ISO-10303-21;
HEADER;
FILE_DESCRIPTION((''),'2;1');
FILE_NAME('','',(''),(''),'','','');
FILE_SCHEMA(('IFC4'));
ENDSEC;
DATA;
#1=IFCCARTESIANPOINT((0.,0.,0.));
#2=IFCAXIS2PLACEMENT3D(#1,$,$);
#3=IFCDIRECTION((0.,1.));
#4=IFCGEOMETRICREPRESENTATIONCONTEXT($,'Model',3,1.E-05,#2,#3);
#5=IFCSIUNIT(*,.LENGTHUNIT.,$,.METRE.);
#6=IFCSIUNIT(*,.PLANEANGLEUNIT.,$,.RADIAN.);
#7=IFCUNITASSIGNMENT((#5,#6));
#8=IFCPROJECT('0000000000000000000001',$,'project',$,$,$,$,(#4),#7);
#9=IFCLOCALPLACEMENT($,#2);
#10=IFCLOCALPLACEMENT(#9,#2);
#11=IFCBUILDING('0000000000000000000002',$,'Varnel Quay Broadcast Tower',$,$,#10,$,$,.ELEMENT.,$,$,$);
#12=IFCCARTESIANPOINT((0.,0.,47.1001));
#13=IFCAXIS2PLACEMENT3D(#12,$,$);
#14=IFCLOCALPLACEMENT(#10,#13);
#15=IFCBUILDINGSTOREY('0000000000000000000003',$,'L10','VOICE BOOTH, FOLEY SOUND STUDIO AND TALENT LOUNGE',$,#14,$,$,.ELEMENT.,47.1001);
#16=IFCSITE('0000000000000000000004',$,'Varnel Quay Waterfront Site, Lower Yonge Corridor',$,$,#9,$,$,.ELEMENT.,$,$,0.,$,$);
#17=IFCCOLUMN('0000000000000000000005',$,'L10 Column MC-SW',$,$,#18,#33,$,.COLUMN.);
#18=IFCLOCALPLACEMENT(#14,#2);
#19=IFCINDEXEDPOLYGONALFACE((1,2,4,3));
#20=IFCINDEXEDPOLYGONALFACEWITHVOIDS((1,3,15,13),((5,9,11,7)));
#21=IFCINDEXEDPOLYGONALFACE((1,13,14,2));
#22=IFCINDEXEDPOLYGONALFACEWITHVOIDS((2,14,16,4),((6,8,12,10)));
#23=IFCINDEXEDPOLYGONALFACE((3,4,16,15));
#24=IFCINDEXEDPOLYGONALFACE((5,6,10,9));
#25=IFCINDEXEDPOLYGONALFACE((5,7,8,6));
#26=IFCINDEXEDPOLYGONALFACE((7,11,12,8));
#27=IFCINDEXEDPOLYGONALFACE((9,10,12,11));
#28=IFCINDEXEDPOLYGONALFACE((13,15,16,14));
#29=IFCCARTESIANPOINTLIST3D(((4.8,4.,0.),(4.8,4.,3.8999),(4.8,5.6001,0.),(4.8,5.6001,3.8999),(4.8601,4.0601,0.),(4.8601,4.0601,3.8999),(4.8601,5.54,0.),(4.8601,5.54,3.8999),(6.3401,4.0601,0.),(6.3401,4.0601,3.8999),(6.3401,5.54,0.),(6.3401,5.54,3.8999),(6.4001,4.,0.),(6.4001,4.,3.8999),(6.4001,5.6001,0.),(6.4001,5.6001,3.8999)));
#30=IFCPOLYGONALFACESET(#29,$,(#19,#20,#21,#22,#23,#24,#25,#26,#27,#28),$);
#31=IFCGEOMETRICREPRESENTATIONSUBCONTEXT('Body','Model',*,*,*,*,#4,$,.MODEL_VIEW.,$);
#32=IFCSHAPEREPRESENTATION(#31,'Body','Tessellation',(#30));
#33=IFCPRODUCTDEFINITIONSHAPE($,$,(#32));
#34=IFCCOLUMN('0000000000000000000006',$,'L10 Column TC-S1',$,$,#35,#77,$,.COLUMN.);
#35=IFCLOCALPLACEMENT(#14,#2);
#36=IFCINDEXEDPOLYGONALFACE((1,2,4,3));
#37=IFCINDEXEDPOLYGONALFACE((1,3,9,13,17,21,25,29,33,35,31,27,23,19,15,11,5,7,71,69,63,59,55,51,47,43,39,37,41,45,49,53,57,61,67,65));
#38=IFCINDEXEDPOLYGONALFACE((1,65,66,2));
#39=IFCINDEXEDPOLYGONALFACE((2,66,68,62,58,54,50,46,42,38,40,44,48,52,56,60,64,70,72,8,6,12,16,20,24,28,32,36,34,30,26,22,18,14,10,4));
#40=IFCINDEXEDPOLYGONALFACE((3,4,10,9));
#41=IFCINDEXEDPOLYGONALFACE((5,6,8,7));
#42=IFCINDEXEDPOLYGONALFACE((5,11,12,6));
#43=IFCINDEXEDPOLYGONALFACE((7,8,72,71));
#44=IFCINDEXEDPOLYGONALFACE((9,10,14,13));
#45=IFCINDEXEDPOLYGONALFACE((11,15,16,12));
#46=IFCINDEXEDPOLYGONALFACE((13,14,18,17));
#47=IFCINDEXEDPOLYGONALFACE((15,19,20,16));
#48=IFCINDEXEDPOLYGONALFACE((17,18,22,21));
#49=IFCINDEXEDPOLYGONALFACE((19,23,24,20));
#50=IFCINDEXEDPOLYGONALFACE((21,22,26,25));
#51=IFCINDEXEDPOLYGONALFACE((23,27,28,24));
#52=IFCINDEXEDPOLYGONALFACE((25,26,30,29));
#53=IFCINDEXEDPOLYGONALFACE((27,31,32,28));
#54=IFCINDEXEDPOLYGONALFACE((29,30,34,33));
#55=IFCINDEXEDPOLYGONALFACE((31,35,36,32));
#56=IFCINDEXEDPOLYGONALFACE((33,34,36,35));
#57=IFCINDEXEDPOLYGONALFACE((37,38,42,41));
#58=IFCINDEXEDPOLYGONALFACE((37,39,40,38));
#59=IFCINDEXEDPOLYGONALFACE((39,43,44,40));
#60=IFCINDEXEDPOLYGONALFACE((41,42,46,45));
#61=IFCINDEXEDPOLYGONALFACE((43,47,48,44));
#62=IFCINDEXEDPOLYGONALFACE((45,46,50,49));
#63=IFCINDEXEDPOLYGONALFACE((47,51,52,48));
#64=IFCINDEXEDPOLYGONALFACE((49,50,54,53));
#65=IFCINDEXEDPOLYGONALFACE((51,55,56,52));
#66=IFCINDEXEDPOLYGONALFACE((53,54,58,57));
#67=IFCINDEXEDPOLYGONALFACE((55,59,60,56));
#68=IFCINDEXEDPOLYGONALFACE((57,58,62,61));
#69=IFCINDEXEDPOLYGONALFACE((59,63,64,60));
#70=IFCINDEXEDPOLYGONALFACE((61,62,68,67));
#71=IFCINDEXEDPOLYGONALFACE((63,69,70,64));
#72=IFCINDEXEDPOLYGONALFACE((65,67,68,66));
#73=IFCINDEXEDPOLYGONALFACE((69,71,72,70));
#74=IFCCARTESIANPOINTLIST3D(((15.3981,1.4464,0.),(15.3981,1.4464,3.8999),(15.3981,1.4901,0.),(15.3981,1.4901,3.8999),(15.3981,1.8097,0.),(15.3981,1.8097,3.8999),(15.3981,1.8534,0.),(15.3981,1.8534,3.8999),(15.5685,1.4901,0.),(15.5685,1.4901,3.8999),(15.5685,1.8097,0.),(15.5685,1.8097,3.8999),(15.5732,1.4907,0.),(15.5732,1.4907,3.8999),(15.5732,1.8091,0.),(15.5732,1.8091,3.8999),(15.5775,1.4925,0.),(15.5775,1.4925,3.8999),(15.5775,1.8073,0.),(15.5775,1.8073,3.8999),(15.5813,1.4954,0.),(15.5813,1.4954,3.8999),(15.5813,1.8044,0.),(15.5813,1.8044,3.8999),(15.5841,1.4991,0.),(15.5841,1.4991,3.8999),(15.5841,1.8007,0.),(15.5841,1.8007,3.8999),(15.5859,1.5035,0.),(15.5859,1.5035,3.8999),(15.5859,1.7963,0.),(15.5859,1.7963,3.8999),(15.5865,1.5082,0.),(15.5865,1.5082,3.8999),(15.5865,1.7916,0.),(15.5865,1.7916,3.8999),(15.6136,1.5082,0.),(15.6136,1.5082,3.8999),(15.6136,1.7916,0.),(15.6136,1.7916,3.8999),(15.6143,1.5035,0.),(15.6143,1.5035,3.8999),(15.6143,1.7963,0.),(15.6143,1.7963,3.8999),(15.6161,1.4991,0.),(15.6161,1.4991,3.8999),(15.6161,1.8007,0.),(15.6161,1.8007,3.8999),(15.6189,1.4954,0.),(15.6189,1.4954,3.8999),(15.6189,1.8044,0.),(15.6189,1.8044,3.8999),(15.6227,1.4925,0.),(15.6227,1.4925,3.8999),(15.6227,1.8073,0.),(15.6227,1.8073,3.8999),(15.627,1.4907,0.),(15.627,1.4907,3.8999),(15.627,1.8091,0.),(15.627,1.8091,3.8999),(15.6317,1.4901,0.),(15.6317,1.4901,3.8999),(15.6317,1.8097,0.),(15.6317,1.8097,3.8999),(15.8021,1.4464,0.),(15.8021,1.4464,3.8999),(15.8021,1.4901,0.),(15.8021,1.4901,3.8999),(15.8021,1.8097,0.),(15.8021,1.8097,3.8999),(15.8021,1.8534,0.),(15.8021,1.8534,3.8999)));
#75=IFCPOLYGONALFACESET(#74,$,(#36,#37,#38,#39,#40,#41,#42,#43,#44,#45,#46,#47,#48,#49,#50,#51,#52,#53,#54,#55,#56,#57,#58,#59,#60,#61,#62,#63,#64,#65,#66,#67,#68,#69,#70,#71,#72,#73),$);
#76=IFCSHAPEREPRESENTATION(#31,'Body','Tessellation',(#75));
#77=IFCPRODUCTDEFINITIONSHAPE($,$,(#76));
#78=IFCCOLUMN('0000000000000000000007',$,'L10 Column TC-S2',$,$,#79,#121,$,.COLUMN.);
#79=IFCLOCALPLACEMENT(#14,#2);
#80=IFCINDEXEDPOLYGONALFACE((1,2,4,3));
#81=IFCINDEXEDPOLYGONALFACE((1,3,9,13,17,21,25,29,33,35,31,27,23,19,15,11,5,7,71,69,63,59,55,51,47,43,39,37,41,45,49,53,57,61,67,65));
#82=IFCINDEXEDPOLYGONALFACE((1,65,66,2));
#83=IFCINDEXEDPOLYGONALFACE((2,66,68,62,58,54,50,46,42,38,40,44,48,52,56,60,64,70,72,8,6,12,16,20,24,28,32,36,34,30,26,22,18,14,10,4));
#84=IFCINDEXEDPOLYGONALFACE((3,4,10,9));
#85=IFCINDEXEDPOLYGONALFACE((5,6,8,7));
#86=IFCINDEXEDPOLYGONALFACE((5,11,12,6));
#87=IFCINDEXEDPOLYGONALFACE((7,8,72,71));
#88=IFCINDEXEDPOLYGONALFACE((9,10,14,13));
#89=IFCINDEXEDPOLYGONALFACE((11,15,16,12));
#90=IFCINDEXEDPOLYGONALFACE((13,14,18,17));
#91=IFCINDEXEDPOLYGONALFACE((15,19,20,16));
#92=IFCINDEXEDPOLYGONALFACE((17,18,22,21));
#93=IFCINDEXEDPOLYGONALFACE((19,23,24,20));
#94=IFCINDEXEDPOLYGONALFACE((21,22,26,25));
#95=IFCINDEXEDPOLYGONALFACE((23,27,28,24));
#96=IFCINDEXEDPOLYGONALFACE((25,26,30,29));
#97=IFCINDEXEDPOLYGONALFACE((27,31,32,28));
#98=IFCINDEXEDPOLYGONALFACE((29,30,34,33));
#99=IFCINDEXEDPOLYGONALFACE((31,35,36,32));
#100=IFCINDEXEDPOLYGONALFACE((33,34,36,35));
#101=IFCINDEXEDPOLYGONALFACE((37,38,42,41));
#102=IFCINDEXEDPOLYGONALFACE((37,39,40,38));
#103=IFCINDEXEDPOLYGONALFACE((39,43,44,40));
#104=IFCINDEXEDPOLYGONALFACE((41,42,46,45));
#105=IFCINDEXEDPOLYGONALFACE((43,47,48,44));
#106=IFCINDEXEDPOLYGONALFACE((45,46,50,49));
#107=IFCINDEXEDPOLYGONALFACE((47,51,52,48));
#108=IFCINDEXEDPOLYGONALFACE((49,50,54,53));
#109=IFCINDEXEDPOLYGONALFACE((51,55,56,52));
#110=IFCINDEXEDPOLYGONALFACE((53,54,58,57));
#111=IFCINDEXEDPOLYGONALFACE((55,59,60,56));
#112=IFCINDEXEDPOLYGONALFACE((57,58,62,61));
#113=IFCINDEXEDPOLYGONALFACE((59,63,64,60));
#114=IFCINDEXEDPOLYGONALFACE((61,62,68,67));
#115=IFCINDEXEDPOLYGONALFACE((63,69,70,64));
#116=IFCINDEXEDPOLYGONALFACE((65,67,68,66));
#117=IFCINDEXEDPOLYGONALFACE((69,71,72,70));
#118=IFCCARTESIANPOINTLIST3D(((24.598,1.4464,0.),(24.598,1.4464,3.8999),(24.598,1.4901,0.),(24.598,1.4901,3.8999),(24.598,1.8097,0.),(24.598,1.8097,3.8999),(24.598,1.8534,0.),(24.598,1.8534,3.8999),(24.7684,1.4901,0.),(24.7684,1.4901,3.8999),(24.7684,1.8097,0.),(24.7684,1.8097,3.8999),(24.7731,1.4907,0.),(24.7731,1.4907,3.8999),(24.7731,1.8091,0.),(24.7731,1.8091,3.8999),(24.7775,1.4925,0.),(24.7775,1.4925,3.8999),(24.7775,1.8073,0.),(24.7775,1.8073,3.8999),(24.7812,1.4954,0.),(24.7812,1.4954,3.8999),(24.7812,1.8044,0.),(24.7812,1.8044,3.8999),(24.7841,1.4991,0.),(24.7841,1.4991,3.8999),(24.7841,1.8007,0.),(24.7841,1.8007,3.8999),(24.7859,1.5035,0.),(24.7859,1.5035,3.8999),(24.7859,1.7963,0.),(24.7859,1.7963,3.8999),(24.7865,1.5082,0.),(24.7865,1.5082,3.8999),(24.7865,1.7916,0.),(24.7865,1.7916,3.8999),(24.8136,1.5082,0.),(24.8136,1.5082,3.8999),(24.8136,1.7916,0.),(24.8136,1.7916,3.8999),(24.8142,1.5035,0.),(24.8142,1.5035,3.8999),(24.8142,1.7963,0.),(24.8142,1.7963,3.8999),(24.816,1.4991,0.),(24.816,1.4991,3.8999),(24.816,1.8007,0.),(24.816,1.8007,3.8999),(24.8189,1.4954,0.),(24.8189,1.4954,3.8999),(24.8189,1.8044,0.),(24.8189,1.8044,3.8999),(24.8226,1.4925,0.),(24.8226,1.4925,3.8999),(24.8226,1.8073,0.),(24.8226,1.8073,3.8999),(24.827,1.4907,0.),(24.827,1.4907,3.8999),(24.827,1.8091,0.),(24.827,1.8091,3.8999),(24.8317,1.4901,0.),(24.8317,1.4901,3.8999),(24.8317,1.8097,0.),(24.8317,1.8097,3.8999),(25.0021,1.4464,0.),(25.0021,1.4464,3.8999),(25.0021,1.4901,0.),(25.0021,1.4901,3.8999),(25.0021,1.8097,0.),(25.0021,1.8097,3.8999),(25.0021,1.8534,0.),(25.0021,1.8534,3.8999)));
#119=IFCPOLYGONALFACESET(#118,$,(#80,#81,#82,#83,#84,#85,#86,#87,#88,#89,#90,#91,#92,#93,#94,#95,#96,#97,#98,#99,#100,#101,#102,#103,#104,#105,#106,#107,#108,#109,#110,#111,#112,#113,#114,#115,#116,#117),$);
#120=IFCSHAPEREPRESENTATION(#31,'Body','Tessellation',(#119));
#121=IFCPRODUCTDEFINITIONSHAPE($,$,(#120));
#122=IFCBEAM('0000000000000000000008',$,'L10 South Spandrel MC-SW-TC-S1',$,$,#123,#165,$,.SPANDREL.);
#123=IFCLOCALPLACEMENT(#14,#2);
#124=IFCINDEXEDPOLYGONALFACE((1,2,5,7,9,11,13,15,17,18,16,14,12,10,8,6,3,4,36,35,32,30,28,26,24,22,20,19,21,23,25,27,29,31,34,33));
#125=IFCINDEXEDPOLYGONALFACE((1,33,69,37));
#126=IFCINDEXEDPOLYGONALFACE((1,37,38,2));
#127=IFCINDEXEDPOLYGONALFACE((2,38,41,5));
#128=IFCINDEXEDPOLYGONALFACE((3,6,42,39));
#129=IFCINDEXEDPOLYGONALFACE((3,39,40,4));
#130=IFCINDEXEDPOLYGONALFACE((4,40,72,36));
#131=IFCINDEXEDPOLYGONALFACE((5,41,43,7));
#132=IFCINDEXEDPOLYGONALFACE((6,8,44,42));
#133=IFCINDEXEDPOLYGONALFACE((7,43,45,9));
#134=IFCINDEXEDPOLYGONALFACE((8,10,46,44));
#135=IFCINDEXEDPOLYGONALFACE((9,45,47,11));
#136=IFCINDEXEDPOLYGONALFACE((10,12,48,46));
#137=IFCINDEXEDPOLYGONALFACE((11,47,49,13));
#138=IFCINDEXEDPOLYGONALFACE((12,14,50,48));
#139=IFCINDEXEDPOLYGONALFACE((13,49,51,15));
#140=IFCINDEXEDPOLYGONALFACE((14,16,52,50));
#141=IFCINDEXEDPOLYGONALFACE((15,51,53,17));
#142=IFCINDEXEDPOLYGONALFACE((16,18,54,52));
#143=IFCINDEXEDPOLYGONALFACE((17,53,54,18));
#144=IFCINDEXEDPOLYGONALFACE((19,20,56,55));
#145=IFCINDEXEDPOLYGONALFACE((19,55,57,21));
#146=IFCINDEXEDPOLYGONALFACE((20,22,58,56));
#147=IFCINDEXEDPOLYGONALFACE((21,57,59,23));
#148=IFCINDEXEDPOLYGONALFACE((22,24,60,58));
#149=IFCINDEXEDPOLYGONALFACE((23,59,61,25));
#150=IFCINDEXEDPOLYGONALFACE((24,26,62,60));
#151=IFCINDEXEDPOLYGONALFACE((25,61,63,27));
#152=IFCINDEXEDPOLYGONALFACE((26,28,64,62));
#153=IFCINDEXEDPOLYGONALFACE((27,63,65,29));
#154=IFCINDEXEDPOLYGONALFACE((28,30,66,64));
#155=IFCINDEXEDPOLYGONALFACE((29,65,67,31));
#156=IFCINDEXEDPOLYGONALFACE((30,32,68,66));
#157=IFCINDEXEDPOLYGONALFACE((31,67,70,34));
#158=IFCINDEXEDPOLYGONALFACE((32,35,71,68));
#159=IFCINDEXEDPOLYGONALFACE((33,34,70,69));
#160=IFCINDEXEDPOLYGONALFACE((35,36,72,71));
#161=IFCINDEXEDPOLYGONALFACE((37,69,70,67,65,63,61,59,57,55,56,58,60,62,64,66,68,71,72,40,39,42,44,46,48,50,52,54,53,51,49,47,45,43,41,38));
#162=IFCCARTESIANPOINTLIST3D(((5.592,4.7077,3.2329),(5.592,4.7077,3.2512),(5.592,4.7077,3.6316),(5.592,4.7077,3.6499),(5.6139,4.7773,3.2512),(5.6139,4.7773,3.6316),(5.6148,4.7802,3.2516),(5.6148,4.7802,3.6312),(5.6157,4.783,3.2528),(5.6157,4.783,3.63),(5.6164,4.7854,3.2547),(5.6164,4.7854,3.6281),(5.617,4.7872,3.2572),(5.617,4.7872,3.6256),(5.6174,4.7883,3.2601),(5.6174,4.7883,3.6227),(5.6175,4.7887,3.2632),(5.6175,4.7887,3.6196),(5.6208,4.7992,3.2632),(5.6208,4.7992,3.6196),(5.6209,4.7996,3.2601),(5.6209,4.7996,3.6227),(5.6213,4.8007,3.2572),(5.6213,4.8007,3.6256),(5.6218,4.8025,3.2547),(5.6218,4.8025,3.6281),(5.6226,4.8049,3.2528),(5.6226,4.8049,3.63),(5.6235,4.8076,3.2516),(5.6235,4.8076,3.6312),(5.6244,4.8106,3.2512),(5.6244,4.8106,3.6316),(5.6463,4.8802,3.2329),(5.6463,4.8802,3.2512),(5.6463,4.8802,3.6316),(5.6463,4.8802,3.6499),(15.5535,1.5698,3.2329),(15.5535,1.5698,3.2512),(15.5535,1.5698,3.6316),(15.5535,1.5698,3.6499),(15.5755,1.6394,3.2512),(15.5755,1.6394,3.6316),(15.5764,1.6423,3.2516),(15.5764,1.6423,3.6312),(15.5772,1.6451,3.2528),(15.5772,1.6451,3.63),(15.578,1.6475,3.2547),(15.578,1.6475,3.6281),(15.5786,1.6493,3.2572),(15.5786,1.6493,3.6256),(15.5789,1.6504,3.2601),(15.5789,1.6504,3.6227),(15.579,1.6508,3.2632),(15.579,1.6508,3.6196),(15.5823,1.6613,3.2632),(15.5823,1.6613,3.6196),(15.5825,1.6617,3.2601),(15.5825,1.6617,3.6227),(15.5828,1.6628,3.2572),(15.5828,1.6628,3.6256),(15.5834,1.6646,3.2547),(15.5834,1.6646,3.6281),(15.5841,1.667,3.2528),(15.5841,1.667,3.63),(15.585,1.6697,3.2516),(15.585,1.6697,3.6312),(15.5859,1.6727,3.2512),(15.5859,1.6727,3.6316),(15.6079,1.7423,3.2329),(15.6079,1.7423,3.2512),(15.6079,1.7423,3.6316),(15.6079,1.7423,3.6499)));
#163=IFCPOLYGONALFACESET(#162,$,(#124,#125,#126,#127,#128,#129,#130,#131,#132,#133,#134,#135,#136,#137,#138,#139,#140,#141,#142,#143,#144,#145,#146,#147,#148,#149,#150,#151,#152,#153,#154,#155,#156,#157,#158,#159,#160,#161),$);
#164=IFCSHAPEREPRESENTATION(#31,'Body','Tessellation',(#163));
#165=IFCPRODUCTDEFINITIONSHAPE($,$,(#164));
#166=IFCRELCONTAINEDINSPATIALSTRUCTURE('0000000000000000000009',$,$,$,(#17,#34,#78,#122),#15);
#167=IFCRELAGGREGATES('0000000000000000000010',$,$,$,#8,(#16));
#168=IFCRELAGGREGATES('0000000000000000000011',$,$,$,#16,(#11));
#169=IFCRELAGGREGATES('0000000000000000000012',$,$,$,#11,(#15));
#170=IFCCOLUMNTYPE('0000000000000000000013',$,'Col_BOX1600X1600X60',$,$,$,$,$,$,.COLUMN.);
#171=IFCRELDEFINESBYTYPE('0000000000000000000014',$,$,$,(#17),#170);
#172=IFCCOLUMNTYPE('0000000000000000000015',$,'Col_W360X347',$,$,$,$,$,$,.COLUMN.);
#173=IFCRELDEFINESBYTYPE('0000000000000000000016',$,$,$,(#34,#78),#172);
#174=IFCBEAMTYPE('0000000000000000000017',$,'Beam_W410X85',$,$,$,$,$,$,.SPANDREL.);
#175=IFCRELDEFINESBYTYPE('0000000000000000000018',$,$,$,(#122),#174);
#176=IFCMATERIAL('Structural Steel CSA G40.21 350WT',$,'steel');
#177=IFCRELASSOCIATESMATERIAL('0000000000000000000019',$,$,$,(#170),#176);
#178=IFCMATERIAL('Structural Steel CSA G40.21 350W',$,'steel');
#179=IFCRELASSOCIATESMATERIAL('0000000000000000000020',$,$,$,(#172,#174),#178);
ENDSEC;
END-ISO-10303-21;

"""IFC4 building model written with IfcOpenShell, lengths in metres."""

from ifc_helpers import new_model, si_unit, direction, frame, origin, origin_2d, place, context, subcontext, project, spatial, hollow_rectangle, i_section, extrude, source, transform, mapped, material, material_profile, profile_set, type_object, type_shapes, element, save


model = new_model("IFC4")

# Units and contexts
model_context = context("Model", 3, precision=1e-05, world=origin(), true_north=direction((0.0, 1.0)))
body_context = subcontext(model_context, "Body", "Model", "MODEL_VIEW")
ifc_project = project(units=[si_unit("LENGTHUNIT", "METRE"), si_unit("PLANEANGLEUNIT", "RADIAN")], contexts=[model_context])

# Site, building, storey
site_placement = place(None, origin())
site = spatial("IfcSite", under=ifc_project, at=site_placement, Name="Varnel Quay Waterfront Site, Lower Yonge Corridor", CompositionType="ELEMENT", RefElevation=0.0)
building_placement = place(site_placement, origin())
building = spatial("IfcBuilding", under=site, at=building_placement, Name="Varnel Quay Broadcast Tower", CompositionType="ELEMENT")
storey_placement = place(building_placement, frame((0.0, 0.0, 47.1001)))
storey = spatial("IfcBuildingStorey", under=building, at=storey_placement, Name="L10", Description="VOICE BOOTH, FOLEY SOUND STUDIO AND TALENT LOUNGE", CompositionType="ELEMENT", Elevation=47.1001)

# Columns
ifc_material_1 = material(Name="Structural Steel CSA G40.21 350WT", Category="steel")
ifc_material_profile_1 = material_profile(ifc_material_1, hollow_rectangle(XDim=1.6001, YDim=1.6001, WallThickness=0.0601, at=origin_2d()), Name="BOX1600X1600X60")
ifc_profile_set_1 = profile_set([ifc_material_profile_1], Name="Structural Steel CSA G40.21 350WT")
column_type_1 = type_object("IfcColumnType", Name="Col_BOX1600X1600X60", PredefinedType="COLUMN", material=ifc_profile_set_1)
shared_shape_1 = source(origin(), body_context, "Body", "SweptSolid", [
    extrude(hollow_rectangle(XDim=1.6001, YDim=1.6001, WallThickness=0.0601, at=origin_2d()), origin(), (0.0, 0.0, 1.0), 3.8999),
])
type_shapes(column_type_1, [shared_shape_1])
column_placement = place(storey_placement, frame((5.6001, 4.8, 0.0), z_axis=(0.0, 0.0, 1.0), x_axis=(1.0, 0.0, 0.0)))
element("IfcColumn", 1, at=column_placement, inside=storey, type_object=column_type_1, Name="L10 Column MC-SW", PredefinedType="COLUMN", context=body_context, shape_type="MappedRepresentation", body=[
    mapped(shared_shape_1, transform((0.0, 0.0, 0.0), x_axis=(1.0, 0.0, 0.0), y_axis=(0.0, 1.0, 0.0), z_axis=(0.0, 0.0, 1.0), scale=1.0)),
])
ifc_material_2 = material(Name="Structural Steel CSA G40.21 350W", Category="steel")
ifc_material_profile_2 = material_profile(ifc_material_2, i_section(OverallWidth=0.4041, OverallDepth=0.407, WebThickness=0.0271, FlangeThickness=0.0437, FilletRadius=0.0181, at=origin_2d()), Name="W360X347")
ifc_profile_set_2 = profile_set([ifc_material_profile_2], Name="Structural Steel CSA G40.21 350W")
column_type_2 = type_object("IfcColumnType", Name="Col_W360X347", PredefinedType="COLUMN", material=ifc_profile_set_2)
shared_shape_2 = source(origin(), body_context, "Body", "SweptSolid", [
    extrude(i_section(OverallWidth=0.4041, OverallDepth=0.407, WebThickness=0.0271, FlangeThickness=0.0437, FilletRadius=0.0181, at=origin_2d()), origin(), (0.0, 0.0, 1.0), 3.8999),
])
type_shapes(column_type_2, [shared_shape_2])
for number, where, z_axis, x_axis, name in (
    (2, (15.6001, 1.6499, 0.0), (0.0, 0.0, 1.0), (1.0, 0.0, 0.0), "L10 Column TC-S1"),
    (3, (24.8, 1.6499, 0.0), (0.0, 0.0, 1.0), (1.0, 0.0, 0.0), "L10 Column TC-S2"),
):
    element("IfcColumn", number, at=place(storey_placement, frame(where, z_axis=z_axis, x_axis=x_axis)), inside=storey, type_object=column_type_2, Name=name, PredefinedType="COLUMN", context=body_context, shape_type="MappedRepresentation", body=[
        mapped(shared_shape_2, transform((0.0, 0.0, 0.0), x_axis=(1.0, 0.0, 0.0), y_axis=(0.0, 1.0, 0.0), z_axis=(0.0, 0.0, 1.0), scale=1.0)),
    ])

# Beam
ifc_material_profile_3 = material_profile(ifc_material_2, i_section(OverallWidth=0.1809, OverallDepth=0.417, WebThickness=0.011, FlangeThickness=0.0183, FilletRadius=0.012, at=origin_2d()), Name="W410X85")
ifc_profile_set_3 = profile_set([ifc_material_profile_3], Name="Structural Steel CSA G40.21 350W")
beam_type_1 = type_object("IfcBeamType", Name="Beam_W410X85", PredefinedType="SPANDREL", material=ifc_profile_set_3)
shared_shape_3 = source(origin(), body_context, "Body", "SweptSolid", [
    extrude(i_section(OverallWidth=0.1809, OverallDepth=0.417, WebThickness=0.011, FlangeThickness=0.0183, FilletRadius=0.012, at=origin_2d()), origin(), (0.0, 0.0, 1.0), 10.4441),
])
beam_1_placement = place(storey_placement, frame((5.6191, 4.7939, 3.4414), z_axis=(0.953798, -0.300448, 0.0), x_axis=(0.300448, 0.953798, 0.0)))
element("IfcBeam", 4, at=beam_1_placement, inside=storey, type_object=beam_type_1, Name="L10 South Spandrel MC-SW-TC-S1", PredefinedType="SPANDREL", context=body_context, shape_type="MappedRepresentation", body=[
    mapped(shared_shape_3, transform((0.0, 0.0, 0.0), x_axis=(1.0, 0.0, 0.0), y_axis=(0.0, 1.0, 0.0), z_axis=(0.0, 0.0, 1.0), scale=1.0)),
])

save(model, "model.ifc")
